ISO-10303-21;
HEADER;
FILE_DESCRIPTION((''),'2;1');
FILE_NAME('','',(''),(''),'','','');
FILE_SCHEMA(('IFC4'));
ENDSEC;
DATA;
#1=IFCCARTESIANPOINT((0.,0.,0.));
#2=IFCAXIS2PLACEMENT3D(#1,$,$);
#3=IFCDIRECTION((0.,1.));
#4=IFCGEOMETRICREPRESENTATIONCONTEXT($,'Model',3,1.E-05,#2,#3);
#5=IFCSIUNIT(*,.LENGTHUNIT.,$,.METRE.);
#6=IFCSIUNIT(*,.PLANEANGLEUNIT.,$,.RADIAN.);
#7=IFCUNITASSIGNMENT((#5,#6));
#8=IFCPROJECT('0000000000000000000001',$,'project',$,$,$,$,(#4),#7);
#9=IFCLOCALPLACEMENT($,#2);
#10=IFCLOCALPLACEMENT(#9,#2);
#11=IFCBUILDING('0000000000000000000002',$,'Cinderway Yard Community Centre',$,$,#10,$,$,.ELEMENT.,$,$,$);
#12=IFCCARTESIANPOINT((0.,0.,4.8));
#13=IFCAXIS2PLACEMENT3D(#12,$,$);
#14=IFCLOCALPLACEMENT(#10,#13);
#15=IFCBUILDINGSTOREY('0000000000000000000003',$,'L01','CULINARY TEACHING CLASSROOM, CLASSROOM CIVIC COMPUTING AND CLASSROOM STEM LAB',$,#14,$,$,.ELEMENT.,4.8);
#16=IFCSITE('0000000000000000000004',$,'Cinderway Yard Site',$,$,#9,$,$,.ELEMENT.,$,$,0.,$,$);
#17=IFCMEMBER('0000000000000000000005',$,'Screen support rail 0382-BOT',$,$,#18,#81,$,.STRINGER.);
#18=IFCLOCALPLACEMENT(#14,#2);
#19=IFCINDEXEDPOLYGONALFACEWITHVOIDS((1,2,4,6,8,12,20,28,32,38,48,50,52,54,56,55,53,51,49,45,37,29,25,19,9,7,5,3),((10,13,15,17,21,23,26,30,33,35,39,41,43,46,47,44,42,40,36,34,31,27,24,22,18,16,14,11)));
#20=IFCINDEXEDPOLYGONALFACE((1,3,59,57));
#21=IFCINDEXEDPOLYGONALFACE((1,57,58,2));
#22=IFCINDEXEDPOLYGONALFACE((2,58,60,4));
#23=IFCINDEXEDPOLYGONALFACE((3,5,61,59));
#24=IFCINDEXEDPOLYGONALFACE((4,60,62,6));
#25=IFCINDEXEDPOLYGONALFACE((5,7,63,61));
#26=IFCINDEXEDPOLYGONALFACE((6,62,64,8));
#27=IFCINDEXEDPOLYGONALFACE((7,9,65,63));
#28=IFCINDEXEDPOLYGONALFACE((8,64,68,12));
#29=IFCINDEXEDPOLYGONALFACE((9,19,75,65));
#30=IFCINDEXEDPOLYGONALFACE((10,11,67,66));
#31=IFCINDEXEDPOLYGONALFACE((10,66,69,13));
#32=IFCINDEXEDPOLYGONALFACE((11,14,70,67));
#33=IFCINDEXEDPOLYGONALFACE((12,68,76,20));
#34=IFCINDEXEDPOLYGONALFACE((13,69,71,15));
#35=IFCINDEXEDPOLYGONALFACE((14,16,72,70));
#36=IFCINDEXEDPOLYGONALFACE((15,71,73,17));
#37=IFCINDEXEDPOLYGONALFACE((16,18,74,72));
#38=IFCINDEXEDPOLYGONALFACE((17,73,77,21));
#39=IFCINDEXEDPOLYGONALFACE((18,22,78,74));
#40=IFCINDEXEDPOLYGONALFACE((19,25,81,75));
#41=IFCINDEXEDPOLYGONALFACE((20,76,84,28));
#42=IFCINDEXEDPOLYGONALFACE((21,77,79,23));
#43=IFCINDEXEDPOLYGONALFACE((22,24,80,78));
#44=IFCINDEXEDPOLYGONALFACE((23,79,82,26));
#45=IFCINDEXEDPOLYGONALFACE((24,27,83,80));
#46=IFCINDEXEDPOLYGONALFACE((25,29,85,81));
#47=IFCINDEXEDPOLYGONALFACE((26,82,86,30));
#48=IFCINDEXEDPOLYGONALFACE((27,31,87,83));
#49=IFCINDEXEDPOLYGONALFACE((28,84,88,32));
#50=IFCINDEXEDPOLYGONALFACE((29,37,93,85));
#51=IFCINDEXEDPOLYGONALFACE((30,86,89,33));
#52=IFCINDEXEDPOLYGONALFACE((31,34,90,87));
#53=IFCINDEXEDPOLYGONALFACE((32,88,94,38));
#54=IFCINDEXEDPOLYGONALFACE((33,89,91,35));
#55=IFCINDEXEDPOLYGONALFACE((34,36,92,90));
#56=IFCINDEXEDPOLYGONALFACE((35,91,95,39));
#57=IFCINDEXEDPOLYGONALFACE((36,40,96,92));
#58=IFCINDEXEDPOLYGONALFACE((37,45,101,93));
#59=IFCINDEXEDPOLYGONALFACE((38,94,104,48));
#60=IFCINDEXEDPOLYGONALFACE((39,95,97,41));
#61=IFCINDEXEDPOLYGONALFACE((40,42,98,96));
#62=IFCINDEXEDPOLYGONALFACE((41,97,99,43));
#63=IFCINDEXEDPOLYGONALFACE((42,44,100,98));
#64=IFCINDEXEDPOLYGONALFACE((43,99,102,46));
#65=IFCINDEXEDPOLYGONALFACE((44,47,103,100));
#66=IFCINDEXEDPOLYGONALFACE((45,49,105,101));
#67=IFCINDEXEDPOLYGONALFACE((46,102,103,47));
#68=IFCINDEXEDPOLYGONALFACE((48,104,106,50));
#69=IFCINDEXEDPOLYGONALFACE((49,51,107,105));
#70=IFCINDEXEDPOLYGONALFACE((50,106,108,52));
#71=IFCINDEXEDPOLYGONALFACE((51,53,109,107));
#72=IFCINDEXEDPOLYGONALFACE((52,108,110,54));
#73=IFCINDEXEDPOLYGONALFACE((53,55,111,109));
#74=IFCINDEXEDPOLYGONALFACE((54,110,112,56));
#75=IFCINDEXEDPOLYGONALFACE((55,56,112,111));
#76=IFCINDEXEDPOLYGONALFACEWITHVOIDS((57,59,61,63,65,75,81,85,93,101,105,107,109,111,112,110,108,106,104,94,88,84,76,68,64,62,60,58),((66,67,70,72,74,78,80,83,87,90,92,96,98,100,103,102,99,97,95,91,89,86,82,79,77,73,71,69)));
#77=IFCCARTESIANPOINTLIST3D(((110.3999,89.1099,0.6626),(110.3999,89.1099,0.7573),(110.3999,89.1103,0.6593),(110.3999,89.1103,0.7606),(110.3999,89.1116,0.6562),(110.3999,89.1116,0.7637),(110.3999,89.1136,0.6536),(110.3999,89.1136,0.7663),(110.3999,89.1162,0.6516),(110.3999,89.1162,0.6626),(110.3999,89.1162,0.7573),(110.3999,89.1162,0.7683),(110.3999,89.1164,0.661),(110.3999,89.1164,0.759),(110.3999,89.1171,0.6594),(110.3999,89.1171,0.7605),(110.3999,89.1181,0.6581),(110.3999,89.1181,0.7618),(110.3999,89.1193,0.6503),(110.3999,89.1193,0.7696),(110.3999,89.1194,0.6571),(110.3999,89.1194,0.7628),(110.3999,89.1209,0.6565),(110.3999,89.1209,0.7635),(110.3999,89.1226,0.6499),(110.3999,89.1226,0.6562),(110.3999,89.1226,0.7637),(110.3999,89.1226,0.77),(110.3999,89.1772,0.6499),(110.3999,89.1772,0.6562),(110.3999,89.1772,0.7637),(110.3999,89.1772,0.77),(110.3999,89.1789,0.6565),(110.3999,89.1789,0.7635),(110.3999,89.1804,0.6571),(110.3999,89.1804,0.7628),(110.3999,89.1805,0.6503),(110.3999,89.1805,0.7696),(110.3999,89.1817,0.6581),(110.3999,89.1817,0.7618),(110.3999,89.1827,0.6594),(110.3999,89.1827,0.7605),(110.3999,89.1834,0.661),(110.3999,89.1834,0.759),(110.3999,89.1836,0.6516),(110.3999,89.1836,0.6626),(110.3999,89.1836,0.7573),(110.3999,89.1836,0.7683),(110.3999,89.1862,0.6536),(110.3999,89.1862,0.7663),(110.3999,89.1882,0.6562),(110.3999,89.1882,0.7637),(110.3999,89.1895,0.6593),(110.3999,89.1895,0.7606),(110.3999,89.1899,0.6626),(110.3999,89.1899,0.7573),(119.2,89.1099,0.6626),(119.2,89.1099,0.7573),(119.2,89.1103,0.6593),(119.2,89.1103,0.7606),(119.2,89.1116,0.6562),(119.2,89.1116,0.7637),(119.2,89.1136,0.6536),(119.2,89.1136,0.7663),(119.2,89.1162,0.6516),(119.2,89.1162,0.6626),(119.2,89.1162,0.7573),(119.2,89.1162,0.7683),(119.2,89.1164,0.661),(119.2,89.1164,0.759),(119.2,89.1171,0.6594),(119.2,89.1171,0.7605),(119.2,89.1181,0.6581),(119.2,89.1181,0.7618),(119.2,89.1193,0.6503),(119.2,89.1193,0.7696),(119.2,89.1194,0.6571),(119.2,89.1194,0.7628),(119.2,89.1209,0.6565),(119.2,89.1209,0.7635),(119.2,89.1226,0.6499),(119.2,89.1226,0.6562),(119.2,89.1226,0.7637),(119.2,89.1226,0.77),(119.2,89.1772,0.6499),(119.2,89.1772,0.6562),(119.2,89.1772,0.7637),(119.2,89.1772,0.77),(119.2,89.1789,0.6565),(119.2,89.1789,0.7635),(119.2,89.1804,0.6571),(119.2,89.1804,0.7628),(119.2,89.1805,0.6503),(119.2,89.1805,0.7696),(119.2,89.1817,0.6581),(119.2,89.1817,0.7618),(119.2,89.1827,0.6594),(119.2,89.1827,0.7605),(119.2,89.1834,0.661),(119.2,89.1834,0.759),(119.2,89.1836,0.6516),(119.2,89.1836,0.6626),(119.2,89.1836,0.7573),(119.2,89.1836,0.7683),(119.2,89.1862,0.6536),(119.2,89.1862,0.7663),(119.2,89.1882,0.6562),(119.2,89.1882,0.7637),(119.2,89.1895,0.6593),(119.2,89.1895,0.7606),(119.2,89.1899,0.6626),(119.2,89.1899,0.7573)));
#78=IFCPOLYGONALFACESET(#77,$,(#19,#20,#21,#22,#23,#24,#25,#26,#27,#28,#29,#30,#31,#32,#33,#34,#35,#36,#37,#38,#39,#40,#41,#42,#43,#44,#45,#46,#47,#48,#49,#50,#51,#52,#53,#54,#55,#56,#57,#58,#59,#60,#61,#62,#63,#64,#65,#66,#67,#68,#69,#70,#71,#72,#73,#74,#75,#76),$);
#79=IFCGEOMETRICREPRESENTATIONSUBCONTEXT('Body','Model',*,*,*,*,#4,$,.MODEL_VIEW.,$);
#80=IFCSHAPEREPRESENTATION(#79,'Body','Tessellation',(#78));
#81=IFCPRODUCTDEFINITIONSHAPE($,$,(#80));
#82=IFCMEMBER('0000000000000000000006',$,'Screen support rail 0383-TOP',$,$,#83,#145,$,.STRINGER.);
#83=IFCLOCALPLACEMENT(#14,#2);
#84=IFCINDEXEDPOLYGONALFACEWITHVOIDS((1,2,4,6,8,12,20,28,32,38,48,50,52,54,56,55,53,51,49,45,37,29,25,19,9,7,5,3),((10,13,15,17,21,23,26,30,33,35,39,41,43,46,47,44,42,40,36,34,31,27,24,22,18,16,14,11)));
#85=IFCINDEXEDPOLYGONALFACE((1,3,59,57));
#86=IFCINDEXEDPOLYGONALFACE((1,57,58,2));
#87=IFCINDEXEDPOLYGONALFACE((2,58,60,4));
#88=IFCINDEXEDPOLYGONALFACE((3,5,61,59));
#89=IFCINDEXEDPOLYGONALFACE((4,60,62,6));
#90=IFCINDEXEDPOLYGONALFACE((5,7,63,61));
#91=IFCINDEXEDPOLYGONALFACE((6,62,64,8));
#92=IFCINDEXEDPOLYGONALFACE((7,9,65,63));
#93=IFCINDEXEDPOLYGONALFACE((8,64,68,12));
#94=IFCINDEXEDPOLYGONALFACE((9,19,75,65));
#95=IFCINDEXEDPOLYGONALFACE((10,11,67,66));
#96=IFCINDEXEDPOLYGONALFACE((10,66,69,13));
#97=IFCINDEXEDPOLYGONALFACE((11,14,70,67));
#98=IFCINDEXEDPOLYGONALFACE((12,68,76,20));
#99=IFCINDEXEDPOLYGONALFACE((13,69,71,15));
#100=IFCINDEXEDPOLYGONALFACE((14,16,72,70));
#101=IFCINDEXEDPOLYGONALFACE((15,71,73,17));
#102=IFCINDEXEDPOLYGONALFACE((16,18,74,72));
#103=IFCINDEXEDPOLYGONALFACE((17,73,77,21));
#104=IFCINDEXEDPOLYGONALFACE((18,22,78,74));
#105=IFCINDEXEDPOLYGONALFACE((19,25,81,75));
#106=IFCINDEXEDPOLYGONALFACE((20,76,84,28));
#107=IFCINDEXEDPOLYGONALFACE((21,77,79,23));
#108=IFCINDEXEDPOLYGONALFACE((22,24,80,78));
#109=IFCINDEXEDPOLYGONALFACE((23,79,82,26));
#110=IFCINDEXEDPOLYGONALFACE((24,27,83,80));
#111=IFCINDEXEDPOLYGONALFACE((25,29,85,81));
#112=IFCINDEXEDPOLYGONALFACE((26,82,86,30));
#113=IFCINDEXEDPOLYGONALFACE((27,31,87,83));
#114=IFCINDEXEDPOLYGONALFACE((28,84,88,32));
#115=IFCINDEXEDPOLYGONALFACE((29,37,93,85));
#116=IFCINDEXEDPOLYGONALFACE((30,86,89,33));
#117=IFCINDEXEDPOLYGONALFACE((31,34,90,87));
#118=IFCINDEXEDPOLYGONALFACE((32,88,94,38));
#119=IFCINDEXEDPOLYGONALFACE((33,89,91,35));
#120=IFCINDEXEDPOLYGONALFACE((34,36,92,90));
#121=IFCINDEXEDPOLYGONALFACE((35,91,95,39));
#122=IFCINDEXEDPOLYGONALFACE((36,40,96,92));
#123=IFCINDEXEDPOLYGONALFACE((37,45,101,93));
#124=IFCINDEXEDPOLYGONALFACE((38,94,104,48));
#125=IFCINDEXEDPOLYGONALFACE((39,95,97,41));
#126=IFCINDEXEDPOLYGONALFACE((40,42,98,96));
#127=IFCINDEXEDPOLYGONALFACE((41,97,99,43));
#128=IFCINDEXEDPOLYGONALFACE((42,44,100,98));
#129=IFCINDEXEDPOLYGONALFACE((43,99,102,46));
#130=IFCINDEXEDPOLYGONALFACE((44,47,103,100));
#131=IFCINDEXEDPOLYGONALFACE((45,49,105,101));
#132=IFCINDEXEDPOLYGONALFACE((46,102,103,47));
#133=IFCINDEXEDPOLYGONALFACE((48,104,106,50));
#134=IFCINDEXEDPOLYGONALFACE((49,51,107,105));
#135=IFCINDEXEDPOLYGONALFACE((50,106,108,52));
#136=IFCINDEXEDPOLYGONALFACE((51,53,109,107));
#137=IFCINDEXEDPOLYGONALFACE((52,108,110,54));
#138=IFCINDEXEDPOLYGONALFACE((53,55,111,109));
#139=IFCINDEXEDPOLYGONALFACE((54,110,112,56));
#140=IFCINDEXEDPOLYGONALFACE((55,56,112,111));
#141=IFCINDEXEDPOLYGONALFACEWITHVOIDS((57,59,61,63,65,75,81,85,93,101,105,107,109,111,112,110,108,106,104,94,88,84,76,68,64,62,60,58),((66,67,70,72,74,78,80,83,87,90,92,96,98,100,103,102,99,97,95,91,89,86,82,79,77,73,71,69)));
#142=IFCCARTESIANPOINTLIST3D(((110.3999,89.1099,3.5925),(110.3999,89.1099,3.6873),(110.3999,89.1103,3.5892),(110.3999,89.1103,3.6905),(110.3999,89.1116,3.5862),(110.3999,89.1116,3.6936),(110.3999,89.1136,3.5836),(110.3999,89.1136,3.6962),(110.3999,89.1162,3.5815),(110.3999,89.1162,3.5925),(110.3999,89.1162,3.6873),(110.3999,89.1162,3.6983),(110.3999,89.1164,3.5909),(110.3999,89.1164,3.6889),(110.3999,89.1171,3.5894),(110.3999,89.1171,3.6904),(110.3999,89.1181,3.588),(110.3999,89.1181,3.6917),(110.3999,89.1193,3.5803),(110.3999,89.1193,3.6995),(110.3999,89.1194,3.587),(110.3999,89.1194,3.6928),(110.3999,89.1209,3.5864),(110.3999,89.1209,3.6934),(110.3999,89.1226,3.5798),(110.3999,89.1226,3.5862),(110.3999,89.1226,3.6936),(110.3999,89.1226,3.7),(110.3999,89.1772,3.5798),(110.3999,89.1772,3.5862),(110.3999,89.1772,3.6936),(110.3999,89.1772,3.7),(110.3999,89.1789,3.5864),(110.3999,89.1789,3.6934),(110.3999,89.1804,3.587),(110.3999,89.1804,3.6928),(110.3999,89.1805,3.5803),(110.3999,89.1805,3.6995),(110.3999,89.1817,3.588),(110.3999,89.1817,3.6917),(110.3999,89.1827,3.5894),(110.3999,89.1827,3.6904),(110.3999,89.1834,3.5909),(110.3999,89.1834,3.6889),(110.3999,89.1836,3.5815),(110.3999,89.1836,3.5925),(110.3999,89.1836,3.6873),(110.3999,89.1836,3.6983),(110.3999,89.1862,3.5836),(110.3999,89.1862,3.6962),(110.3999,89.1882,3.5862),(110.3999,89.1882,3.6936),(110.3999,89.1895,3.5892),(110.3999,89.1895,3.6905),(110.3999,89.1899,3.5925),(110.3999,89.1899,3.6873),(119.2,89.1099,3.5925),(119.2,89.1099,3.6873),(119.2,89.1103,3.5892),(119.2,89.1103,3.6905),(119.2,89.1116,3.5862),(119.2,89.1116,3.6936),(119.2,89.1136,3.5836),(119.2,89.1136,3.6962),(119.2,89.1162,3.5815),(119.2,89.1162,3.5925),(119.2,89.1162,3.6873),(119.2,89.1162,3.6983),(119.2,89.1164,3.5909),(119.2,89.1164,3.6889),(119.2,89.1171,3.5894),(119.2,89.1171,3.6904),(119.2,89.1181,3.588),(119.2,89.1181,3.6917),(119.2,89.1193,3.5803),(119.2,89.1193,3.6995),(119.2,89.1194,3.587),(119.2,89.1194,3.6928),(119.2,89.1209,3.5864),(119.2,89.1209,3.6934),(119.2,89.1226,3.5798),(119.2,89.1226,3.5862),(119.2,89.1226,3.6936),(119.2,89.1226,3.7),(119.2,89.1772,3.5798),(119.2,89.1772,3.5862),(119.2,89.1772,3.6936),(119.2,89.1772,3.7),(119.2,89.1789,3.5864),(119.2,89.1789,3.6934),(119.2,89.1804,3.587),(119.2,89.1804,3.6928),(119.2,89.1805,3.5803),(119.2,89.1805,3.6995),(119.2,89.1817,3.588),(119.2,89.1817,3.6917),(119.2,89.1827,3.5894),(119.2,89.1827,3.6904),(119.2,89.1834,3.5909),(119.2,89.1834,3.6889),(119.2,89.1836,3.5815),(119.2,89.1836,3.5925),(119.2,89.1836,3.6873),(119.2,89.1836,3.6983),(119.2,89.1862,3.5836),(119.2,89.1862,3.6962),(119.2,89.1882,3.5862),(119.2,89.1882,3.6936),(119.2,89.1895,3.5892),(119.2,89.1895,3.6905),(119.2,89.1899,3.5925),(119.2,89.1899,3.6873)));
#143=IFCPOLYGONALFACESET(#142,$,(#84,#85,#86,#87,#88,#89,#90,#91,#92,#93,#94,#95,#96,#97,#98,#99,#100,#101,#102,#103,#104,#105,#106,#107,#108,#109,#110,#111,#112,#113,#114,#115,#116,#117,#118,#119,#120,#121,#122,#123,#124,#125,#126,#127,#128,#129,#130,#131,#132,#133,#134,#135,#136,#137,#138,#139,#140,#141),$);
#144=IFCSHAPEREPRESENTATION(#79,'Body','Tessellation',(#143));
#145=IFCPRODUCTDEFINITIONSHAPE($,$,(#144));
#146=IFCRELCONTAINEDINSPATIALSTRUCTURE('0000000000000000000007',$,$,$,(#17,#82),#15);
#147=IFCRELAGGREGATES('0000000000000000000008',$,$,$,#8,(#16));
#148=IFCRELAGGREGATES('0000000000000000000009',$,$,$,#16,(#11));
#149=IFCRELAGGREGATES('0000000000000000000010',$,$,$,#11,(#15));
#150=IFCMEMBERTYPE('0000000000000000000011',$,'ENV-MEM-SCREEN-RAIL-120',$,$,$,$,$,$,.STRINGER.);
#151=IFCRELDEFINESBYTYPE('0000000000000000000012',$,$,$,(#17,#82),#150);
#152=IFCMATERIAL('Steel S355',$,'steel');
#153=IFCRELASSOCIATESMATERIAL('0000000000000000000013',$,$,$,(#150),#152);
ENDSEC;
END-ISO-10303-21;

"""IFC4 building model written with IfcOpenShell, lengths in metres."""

from ifc_helpers import new_model, si_unit, direction, frame, origin, origin_2d, place, context, subcontext, project, spatial, hollow_rectangle, extrude, material, material_profile, profile_set, type_object, element, save


model = new_model("IFC4")

# Units and contexts
model_context = context("Model", 3, precision=1e-05, world=origin(), true_north=direction((0.0, 1.0)))
body_context = subcontext(model_context, "Body", "Model", "MODEL_VIEW")
ifc_project = project(units=[si_unit("LENGTHUNIT", "METRE"), si_unit("PLANEANGLEUNIT", "RADIAN")], contexts=[model_context])

# Site, building, storey
site_placement = place(None, origin())
site = spatial("IfcSite", under=ifc_project, at=site_placement, Name="Cinderway Yard Site", CompositionType="ELEMENT", RefElevation=0.0)
building_placement = place(site_placement, origin())
building = spatial("IfcBuilding", under=site, at=building_placement, Name="Cinderway Yard Community Centre", CompositionType="ELEMENT")
storey_placement = place(building_placement, frame((0.0, 0.0, 4.8)))
storey = spatial("IfcBuildingStorey", under=building, at=storey_placement, Name="L01", Description="CULINARY TEACHING CLASSROOM, CLASSROOM CIVIC COMPUTING AND CLASSROOM STEM LAB", CompositionType="ELEMENT", Elevation=4.8)

# Members
ifc_material_1 = material(Name="Steel S355", Category="steel")
ifc_material_profile_1 = material_profile(ifc_material_1, hollow_rectangle(XDim=0.0801, YDim=0.1201, WallThickness=0.0063, InnerFilletRadius=0.0063, OuterFilletRadius=0.0127, at=origin_2d()), Name="Steel S355")
ifc_profile_set_1 = profile_set([ifc_material_profile_1], Name="Steel S355")
member_type_1 = type_object("IfcMemberType", Name="ENV-MEM-SCREEN-RAIL-120", PredefinedType="STRINGER", material=ifc_profile_set_1)
for number, where, z_axis, x_axis, name in (
    (1, (110.3999, 89.1499, 0.71), (1.0, 0.0, 0.0), (0.0, 1.0, 0.0), "Screen support rail 0382-BOT"),
    (2, (110.3999, 89.1499, 3.6399), (1.0, 0.0, 0.0), (0.0, 1.0, 0.0), "Screen support rail 0383-TOP"),
):
    element("IfcMember", number, at=place(storey_placement, frame(where, z_axis=z_axis, x_axis=x_axis)), inside=storey, type_object=member_type_1, Name=name, PredefinedType="STRINGER", context=body_context, shape_type="SweptSolid", body=[
        extrude(hollow_rectangle(XDim=0.0801, YDim=0.1201, WallThickness=0.0063, InnerFilletRadius=0.0063, OuterFilletRadius=0.0127, at=origin_2d()), origin(), (0.0, 0.0, 1.0), 8.8),
    ])

save(model, "model.ifc")
